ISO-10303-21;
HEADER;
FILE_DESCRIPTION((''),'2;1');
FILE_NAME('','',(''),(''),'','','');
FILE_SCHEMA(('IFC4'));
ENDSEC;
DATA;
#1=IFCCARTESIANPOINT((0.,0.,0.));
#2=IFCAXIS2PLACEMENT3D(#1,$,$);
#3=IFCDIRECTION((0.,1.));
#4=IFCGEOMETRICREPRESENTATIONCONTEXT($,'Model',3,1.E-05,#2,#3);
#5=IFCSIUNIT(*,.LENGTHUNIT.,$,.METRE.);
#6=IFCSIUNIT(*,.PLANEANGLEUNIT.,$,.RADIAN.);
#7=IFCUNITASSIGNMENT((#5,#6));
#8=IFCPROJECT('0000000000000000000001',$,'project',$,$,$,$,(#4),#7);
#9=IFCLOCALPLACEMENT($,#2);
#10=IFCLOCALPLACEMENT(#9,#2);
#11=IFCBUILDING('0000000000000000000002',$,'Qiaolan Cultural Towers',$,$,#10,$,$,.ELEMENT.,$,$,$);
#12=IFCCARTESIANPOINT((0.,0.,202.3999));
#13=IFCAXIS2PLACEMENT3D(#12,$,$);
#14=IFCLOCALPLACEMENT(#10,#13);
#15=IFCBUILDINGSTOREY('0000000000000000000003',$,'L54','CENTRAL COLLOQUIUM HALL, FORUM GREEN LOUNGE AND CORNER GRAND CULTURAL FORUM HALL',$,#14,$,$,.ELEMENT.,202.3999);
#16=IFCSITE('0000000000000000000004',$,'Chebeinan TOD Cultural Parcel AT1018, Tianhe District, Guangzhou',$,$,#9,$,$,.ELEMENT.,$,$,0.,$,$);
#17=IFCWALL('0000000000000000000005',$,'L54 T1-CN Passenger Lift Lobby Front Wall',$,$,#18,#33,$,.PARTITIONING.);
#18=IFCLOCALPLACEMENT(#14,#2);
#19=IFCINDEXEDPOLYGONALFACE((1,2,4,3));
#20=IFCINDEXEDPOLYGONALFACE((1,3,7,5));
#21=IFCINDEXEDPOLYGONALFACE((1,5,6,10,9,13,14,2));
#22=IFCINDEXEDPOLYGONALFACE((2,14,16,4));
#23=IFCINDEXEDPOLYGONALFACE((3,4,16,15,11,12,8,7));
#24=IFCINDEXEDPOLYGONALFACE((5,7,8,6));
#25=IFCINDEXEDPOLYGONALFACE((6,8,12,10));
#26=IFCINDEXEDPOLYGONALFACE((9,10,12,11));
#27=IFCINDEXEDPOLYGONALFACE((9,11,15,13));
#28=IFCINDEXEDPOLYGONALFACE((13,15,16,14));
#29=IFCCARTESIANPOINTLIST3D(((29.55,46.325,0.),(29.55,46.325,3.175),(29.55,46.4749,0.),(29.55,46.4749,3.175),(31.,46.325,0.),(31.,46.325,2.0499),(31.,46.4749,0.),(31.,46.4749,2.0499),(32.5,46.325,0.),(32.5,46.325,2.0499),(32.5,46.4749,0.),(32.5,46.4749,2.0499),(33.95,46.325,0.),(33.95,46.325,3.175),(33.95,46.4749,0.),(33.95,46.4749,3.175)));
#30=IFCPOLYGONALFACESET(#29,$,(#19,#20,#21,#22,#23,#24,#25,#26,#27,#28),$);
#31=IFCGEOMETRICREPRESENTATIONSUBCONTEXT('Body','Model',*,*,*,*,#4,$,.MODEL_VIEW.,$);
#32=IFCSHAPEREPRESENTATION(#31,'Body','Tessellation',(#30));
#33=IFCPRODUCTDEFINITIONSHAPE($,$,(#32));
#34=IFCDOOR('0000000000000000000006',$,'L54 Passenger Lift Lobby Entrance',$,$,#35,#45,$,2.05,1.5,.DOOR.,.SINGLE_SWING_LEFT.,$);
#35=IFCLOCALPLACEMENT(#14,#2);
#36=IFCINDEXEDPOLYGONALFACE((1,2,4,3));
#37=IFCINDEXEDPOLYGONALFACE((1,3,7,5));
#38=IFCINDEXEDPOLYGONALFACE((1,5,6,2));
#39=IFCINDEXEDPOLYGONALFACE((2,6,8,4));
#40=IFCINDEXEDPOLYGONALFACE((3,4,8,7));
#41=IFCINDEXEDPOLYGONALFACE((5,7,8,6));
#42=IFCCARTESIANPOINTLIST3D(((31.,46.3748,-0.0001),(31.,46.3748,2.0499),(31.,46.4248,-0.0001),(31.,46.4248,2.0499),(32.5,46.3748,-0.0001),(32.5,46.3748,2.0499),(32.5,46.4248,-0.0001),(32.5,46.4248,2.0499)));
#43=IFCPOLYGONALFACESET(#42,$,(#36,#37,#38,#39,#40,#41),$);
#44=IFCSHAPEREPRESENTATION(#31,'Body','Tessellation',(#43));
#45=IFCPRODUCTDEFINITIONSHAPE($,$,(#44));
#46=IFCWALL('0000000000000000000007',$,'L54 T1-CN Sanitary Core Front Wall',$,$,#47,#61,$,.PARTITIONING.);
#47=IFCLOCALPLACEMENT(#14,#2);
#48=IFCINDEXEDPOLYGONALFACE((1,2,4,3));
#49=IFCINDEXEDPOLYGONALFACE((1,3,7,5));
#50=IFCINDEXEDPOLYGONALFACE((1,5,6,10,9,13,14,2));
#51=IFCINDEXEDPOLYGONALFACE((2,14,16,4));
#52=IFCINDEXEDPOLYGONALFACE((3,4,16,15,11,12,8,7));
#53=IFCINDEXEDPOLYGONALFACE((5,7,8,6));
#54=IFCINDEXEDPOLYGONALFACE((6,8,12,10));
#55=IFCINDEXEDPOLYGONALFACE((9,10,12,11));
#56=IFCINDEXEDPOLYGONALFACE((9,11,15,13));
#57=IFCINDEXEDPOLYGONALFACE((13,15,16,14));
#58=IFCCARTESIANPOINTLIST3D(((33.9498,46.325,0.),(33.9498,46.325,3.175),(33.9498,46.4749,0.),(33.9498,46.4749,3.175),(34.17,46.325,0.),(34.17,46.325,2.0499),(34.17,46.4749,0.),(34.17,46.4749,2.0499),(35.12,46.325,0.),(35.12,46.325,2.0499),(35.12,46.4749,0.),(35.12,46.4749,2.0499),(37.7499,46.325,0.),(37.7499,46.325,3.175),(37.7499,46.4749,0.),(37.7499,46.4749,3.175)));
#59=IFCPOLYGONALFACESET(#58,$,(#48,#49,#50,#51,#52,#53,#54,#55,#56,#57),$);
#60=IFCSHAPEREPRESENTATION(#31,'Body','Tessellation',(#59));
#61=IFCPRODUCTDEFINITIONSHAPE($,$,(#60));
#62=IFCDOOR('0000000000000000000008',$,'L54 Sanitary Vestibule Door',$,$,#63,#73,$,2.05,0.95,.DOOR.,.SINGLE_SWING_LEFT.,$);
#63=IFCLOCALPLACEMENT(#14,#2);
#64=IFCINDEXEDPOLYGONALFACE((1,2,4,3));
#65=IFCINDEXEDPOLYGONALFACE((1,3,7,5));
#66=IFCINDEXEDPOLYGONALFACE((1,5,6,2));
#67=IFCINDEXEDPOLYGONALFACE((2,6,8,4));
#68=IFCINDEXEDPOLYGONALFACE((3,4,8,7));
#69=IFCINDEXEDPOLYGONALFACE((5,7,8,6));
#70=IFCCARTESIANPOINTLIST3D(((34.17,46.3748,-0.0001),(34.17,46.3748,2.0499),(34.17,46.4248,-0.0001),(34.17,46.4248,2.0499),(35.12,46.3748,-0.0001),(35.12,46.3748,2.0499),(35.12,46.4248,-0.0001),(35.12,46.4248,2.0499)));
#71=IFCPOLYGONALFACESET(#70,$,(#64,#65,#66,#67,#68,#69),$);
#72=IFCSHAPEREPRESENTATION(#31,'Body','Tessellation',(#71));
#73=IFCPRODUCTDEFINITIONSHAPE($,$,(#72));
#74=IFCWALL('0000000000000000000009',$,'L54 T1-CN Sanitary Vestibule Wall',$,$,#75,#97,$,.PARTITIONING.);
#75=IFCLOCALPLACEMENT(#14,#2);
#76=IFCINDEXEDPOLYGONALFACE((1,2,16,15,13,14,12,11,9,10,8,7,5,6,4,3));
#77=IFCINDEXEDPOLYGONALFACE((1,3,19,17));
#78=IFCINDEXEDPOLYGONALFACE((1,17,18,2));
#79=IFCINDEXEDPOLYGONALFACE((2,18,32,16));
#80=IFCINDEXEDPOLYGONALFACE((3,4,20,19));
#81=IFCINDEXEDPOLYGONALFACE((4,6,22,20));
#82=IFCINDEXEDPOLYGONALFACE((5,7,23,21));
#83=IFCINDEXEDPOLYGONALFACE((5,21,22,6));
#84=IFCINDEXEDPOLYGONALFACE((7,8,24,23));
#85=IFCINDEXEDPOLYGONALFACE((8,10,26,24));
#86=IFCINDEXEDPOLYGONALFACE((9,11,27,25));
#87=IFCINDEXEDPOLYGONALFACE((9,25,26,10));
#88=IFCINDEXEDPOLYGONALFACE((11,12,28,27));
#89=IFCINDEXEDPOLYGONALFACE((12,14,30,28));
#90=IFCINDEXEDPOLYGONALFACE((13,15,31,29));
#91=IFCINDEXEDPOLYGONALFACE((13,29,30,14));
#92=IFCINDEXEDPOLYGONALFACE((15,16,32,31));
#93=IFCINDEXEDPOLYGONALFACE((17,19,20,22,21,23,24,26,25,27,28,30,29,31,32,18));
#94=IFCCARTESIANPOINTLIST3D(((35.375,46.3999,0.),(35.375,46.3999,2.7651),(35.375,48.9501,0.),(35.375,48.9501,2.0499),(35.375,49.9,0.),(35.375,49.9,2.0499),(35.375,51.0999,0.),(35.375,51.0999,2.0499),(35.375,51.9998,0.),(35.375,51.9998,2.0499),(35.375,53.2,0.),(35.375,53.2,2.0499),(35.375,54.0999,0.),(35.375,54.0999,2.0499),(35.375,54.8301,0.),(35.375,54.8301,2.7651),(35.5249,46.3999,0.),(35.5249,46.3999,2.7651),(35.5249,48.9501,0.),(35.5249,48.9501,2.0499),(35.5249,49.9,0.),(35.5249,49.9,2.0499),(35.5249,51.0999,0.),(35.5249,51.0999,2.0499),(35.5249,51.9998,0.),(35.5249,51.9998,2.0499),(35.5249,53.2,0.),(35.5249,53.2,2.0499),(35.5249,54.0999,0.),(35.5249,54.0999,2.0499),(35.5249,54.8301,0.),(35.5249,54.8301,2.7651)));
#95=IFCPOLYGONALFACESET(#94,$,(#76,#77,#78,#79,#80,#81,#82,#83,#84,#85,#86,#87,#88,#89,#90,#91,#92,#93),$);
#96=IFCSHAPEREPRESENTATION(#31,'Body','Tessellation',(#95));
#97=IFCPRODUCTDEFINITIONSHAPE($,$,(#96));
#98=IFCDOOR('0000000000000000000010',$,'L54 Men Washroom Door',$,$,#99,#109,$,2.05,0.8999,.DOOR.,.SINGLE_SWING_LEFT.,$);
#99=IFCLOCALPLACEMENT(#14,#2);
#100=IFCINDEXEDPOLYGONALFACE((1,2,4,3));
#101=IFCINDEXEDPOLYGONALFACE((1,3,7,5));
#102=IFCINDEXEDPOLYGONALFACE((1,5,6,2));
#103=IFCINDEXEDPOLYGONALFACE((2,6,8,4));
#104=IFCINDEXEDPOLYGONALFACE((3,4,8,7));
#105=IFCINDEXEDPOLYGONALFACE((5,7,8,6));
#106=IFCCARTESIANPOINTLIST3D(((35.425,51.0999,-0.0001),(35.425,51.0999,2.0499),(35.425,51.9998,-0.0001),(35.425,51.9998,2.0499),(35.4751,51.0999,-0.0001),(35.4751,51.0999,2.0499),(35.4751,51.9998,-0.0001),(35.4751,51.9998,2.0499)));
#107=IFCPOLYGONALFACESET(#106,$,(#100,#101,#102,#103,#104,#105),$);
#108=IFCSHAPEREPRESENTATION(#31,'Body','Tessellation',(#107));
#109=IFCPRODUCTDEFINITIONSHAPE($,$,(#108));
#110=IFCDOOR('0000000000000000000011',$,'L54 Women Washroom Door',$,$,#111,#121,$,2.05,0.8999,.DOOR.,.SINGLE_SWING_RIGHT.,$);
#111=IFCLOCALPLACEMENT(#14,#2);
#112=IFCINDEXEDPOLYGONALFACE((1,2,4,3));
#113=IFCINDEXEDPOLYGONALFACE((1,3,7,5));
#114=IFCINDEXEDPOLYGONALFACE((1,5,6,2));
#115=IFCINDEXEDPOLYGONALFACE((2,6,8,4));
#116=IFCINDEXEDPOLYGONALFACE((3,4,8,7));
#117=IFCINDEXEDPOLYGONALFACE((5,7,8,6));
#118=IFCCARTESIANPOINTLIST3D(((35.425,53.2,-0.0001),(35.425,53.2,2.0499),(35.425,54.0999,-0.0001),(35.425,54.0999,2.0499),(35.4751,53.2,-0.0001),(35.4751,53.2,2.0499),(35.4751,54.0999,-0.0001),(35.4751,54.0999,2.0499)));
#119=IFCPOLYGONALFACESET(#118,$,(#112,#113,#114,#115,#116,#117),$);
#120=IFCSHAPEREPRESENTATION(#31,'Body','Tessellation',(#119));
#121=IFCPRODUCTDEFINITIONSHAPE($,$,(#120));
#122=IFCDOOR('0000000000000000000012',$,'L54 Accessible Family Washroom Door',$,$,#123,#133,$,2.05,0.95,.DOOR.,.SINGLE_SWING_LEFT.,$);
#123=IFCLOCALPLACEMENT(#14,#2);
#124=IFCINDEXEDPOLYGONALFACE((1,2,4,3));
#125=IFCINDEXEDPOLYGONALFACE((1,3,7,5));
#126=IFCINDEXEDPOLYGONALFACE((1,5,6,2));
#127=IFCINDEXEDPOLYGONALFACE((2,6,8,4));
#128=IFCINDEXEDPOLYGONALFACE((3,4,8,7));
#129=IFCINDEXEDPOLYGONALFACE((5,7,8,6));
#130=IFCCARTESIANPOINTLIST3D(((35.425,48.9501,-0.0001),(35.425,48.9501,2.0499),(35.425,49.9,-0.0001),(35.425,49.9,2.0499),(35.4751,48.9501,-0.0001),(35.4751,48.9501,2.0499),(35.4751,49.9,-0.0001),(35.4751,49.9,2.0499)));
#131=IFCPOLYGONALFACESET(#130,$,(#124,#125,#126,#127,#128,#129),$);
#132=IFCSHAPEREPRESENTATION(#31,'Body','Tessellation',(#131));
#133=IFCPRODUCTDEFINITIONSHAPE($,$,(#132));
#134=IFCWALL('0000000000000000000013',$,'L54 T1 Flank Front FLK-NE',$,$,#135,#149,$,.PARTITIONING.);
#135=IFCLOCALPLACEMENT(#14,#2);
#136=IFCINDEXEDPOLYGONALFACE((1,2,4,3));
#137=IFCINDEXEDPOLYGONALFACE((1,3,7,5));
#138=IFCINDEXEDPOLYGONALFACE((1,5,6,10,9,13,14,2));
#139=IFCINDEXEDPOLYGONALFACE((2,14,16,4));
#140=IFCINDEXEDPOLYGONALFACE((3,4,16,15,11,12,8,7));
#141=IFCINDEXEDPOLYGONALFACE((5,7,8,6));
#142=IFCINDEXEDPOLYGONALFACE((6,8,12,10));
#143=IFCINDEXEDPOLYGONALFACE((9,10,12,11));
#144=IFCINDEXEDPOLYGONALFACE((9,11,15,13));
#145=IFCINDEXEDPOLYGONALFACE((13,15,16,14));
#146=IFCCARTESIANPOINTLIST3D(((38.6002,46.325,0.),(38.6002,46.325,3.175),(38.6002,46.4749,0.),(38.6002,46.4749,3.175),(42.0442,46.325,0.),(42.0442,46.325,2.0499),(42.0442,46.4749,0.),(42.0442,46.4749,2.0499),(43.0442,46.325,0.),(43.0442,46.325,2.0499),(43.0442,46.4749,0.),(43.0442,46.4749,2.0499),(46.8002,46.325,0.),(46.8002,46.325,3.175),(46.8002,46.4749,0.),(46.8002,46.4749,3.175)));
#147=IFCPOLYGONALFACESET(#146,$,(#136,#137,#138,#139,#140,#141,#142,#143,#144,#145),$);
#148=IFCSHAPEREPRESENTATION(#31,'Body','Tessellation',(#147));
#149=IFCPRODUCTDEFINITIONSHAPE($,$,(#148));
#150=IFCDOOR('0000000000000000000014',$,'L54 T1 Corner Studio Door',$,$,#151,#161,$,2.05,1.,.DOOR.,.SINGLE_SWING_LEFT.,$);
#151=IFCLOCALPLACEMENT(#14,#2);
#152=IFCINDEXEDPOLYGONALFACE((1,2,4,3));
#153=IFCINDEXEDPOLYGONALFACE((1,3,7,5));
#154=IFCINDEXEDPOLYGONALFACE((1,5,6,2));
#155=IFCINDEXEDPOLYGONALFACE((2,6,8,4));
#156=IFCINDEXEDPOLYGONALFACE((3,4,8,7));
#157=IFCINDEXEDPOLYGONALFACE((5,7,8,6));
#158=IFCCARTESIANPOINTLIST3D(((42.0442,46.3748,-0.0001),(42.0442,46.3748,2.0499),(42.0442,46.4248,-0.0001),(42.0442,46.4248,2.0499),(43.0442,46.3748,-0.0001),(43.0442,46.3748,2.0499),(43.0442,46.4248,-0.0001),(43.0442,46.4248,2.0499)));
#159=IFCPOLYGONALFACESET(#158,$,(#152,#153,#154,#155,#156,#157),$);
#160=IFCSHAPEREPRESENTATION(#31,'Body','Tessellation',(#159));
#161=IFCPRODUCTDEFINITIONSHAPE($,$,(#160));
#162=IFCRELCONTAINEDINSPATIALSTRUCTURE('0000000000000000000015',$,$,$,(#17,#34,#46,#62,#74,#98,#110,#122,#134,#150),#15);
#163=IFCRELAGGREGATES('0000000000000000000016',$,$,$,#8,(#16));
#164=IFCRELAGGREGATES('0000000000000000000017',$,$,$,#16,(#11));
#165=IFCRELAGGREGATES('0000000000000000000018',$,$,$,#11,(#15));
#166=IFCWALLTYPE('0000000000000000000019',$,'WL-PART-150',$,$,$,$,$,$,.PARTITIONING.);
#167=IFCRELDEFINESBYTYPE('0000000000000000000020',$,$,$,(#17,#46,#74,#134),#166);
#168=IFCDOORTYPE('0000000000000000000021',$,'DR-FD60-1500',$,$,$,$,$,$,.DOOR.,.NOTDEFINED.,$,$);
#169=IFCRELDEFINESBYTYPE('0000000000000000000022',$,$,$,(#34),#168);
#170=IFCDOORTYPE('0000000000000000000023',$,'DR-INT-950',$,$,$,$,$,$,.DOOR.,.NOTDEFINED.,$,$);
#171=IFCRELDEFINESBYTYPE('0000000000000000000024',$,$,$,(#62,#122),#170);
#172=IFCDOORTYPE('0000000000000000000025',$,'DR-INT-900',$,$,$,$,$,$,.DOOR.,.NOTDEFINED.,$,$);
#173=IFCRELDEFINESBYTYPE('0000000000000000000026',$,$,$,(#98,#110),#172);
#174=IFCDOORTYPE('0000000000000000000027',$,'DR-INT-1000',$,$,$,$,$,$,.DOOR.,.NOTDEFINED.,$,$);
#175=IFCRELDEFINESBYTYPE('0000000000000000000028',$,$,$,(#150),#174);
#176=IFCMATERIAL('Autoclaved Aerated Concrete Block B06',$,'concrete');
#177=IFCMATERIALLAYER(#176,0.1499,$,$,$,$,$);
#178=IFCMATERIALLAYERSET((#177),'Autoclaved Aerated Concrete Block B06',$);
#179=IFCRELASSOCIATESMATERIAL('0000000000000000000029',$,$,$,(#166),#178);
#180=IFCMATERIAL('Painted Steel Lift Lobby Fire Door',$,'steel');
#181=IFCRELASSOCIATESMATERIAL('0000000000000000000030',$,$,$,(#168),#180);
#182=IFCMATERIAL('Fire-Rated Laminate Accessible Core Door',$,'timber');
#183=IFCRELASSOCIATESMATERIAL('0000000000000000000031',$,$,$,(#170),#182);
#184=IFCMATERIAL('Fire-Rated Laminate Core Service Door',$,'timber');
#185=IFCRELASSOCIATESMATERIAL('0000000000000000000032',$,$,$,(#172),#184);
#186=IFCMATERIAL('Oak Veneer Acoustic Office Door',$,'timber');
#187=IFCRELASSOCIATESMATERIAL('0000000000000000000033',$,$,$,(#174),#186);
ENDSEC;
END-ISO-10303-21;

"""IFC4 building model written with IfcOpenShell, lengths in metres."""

from ifc_helpers import new_model, si_unit, direction, frame, frame_2d, origin, place, context, subcontext, project, spatial, rectangle, extrude, material, layer, layer_set, type_object, element, fill, save


model = new_model("IFC4")

# Units and contexts
model_context = context("Model", 3, precision=1e-05, world=origin(), true_north=direction((0.0, 1.0)))
body_context = subcontext(model_context, "Body", "Model", "MODEL_VIEW")
ifc_project = project(units=[si_unit("LENGTHUNIT", "METRE"), si_unit("PLANEANGLEUNIT", "RADIAN")], contexts=[model_context])

# Site, building, storey
site_placement = place(None, origin())
site = spatial("IfcSite", under=ifc_project, at=site_placement, Name="Chebeinan TOD Cultural Parcel AT1018, Tianhe District, Guangzhou", CompositionType="ELEMENT", RefElevation=0.0)
building_placement = place(site_placement, origin())
building = spatial("IfcBuilding", under=site, at=building_placement, Name="Qiaolan Cultural Towers", CompositionType="ELEMENT")
storey_placement = place(building_placement, frame((0.0, 0.0, 202.3999)))
storey = spatial("IfcBuildingStorey", under=building, at=storey_placement, Name="L54", Description="CENTRAL COLLOQUIUM HALL, FORUM GREEN LOUNGE AND CORNER GRAND CULTURAL FORUM HALL", CompositionType="ELEMENT", Elevation=202.3999)

# Walls, openings, doors
ifc_material_1 = material(Name="Autoclaved Aerated Concrete Block B06", Category="concrete")
ifc_layer_1 = layer(ifc_material_1, 0.1499)
ifc_layer_set_1 = layer_set([ifc_layer_1], Name="Autoclaved Aerated Concrete Block B06")
wall_type_1 = type_object("IfcWallType", Name="WL-PART-150", PredefinedType="PARTITIONING", material=ifc_layer_set_1)
wall_1_placement = place(storey_placement, frame((29.55, 46.3999, 0.0), z_axis=(0.0, 0.0, 1.0), x_axis=(1.0, 0.0, 0.0)))
wall_1 = element("IfcWall", 1, at=wall_1_placement, inside=storey, type_object=wall_type_1, Name="L54 T1-CN Passenger Lift Lobby Front Wall", PredefinedType="PARTITIONING", context=body_context, shape_type="SweptSolid", body=[
    extrude(rectangle(XDim=4.3999, YDim=0.1499, at=frame_2d((2.2, 0.0))), origin(), (0.0, 0.0, 1.0), 3.175),
])
opening_1_placement = place(wall_1_placement, frame((1.45, 0.0, 0.0)))
opening_1 = element("IfcOpeningElement", 2, at=opening_1_placement, cuts=wall_1, PredefinedType="OPENING", context=body_context, shape_type="SweptSolid", body=[
    extrude(rectangle(XDim=1.5, YDim=2.05, at=frame_2d((0.75, 1.0249))), frame((0.0, 0.085, 0.0), z_axis=(0.0, -1.0, 0.0), x_axis=(1.0, 0.0, 0.0)), (0.0, 0.0, 1.0), 0.1699),
])
ifc_material_2 = material(Name="Painted Steel Lift Lobby Fire Door", Category="steel")
door_type_1 = type_object("IfcDoorType", Name="DR-FD60-1500", OperationType="NOTDEFINED", PredefinedType="DOOR", material=ifc_material_2)
door_1_placement = place(opening_1_placement, origin())
door_1 = element("IfcDoor", 3, at=door_1_placement, inside=storey, type_object=door_type_1, Name="L54 Passenger Lift Lobby Entrance", OperationType="SINGLE_SWING_LEFT", OverallHeight=2.05, OverallWidth=1.5, PredefinedType="DOOR", context=body_context, shape_type="SweptSolid", body=[
    extrude(rectangle(XDim=1.5, YDim=2.05, at=frame_2d((0.75, 1.0249))), frame((0.0, 0.0249, 0.0), z_axis=(0.0, -1.0, 0.0), x_axis=(1.0, 0.0, 0.0)), (0.0, 0.0, 1.0), 0.05),
])
fill(opening_1, door_1)
wall_2_placement = place(storey_placement, frame((33.95, 46.3999, 0.0), z_axis=(0.0, 0.0, 1.0), x_axis=(1.0, 0.0, 0.0)))
wall_2 = element("IfcWall", 4, at=wall_2_placement, inside=storey, type_object=wall_type_1, Name="L54 T1-CN Sanitary Core Front Wall", PredefinedType="PARTITIONING", context=body_context, shape_type="SweptSolid", body=[
    extrude(rectangle(XDim=3.8, YDim=0.1499, at=frame_2d((1.8999, 0.0))), origin(), (0.0, 0.0, 1.0), 3.175),
])
opening_2_placement = place(wall_2_placement, frame((0.22, 0.0, 0.0)))
opening_2 = element("IfcOpeningElement", 5, at=opening_2_placement, cuts=wall_2, PredefinedType="OPENING", context=body_context, shape_type="SweptSolid", body=[
    extrude(rectangle(XDim=0.95, YDim=2.05, at=frame_2d((0.4751, 1.0249))), frame((0.0, 0.085, 0.0), z_axis=(0.0, -1.0, 0.0), x_axis=(1.0, 0.0, 0.0)), (0.0, 0.0, 1.0), 0.1699),
])
ifc_material_3 = material(Name="Fire-Rated Laminate Accessible Core Door", Category="timber")
door_type_2 = type_object("IfcDoorType", Name="DR-INT-950", OperationType="NOTDEFINED", PredefinedType="DOOR", material=ifc_material_3)
door_2_placement = place(opening_2_placement, origin())
door_2 = element("IfcDoor", 6, at=door_2_placement, inside=storey, type_object=door_type_2, Name="L54 Sanitary Vestibule Door", OperationType="SINGLE_SWING_LEFT", OverallHeight=2.05, OverallWidth=0.95, PredefinedType="DOOR", context=body_context, shape_type="SweptSolid", body=[
    extrude(rectangle(XDim=0.95, YDim=2.05, at=frame_2d((0.4751, 1.0249))), frame((0.0, 0.0249, 0.0), z_axis=(0.0, -1.0, 0.0), x_axis=(1.0, 0.0, 0.0)), (0.0, 0.0, 1.0), 0.05),
])
fill(opening_2, door_2)

# Wall, openings, doors
wall_3_placement = place(storey_placement, frame((35.45, 46.3999, 0.0), z_axis=(0.0, 0.0, 1.0), x_axis=(0.0, 1.0, 0.0)))
wall_3 = element("IfcWall", 7, at=wall_3_placement, inside=storey, type_object=wall_type_1, Name="L54 T1-CN Sanitary Vestibule Wall", PredefinedType="PARTITIONING", context=body_context, shape_type="SweptSolid", body=[
    extrude(rectangle(XDim=8.4302, YDim=0.1499, at=frame_2d((4.2151, 0.0))), origin(), (0.0, 0.0, 1.0), 2.7651),
])
opening_3_placement = place(wall_3_placement, frame((2.55, 0.0, 0.0)))
opening_3 = element("IfcOpeningElement", 8, at=opening_3_placement, cuts=wall_3, PredefinedType="OPENING", context=body_context, shape_type="SweptSolid", body=[
    extrude(rectangle(XDim=0.95, YDim=2.05, at=frame_2d((0.4751, 1.0249))), frame((0.0, 0.085, 0.0), z_axis=(0.0, -1.0, 0.0), x_axis=(1.0, 0.0, 0.0)), (0.0, 0.0, 1.0), 0.1699),
])
opening_4_placement = place(wall_3_placement, frame((4.7, 0.0, 0.0)))
opening_4 = element("IfcOpeningElement", 9, at=opening_4_placement, cuts=wall_3, PredefinedType="OPENING", context=body_context, shape_type="SweptSolid", body=[
    extrude(rectangle(XDim=0.8999, YDim=2.05, at=frame_2d((0.45, 1.0249))), frame((0.0, 0.085, 0.0), z_axis=(0.0, -1.0, 0.0), x_axis=(1.0, 0.0, 0.0)), (0.0, 0.0, 1.0), 0.1699),
])
opening_5_placement = place(wall_3_placement, frame((6.8, 0.0, 0.0)))
opening_5 = element("IfcOpeningElement", 10, at=opening_5_placement, cuts=wall_3, PredefinedType="OPENING", context=body_context, shape_type="SweptSolid", body=[
    extrude(rectangle(XDim=0.8999, YDim=2.05, at=frame_2d((0.45, 1.0249))), frame((0.0, 0.085, 0.0), z_axis=(0.0, -1.0, 0.0), x_axis=(1.0, 0.0, 0.0)), (0.0, 0.0, 1.0), 0.1699),
])
ifc_material_4 = material(Name="Fire-Rated Laminate Core Service Door", Category="timber")
door_type_3 = type_object("IfcDoorType", Name="DR-INT-900", OperationType="NOTDEFINED", PredefinedType="DOOR", material=ifc_material_4)
door_3_placement = place(opening_4_placement, origin())
door_3 = element("IfcDoor", 11, at=door_3_placement, inside=storey, type_object=door_type_3, Name="L54 Men Washroom Door", OperationType="SINGLE_SWING_LEFT", OverallHeight=2.05, OverallWidth=0.8999, PredefinedType="DOOR", context=body_context, shape_type="SweptSolid", body=[
    extrude(rectangle(XDim=0.8999, YDim=2.05, at=frame_2d((0.45, 1.0249))), frame((0.0, 0.0249, 0.0), z_axis=(0.0, -1.0, 0.0), x_axis=(1.0, 0.0, 0.0)), (0.0, 0.0, 1.0), 0.05),
])
fill(opening_4, door_3)
door_4_placement = place(opening_5_placement, origin())
door_4 = element("IfcDoor", 12, at=door_4_placement, inside=storey, type_object=door_type_3, Name="L54 Women Washroom Door", OperationType="SINGLE_SWING_RIGHT", OverallHeight=2.05, OverallWidth=0.8999, PredefinedType="DOOR", context=body_context, shape_type="SweptSolid", body=[
    extrude(rectangle(XDim=0.8999, YDim=2.05, at=frame_2d((0.45, 1.0249))), frame((0.0, 0.0249, 0.0), z_axis=(0.0, -1.0, 0.0), x_axis=(1.0, 0.0, 0.0)), (0.0, 0.0, 1.0), 0.05),
])
fill(opening_5, door_4)
door_5_placement = place(opening_3_placement, origin())
door_5 = element("IfcDoor", 13, at=door_5_placement, inside=storey, type_object=door_type_2, Name="L54 Accessible Family Washroom Door", OperationType="SINGLE_SWING_LEFT", OverallHeight=2.05, OverallWidth=0.95, PredefinedType="DOOR", context=body_context, shape_type="SweptSolid", body=[
    extrude(rectangle(XDim=0.95, YDim=2.05, at=frame_2d((0.4751, 1.0249))), frame((0.0, 0.0249, 0.0), z_axis=(0.0, -1.0, 0.0), x_axis=(1.0, 0.0, 0.0)), (0.0, 0.0, 1.0), 0.05),
])
fill(opening_3, door_5)

# Wall, opening, door
wall_4_placement = place(storey_placement, frame((38.6001, 46.3999, 0.0), z_axis=(0.0, 0.0, 1.0), x_axis=(1.0, 0.0, 0.0)))
wall_4 = element("IfcWall", 14, at=wall_4_placement, inside=storey, type_object=wall_type_1, Name="L54 T1 Flank Front FLK-NE", PredefinedType="PARTITIONING", context=body_context, shape_type="SweptSolid", body=[
    extrude(rectangle(XDim=8.2, YDim=0.1499, at=frame_2d((4.1001, 0.0))), origin(), (0.0, 0.0, 1.0), 3.175),
])
opening_6_placement = place(wall_4_placement, frame((3.4441, 0.0, 0.0)))
opening_6 = element("IfcOpeningElement", 15, at=opening_6_placement, cuts=wall_4, PredefinedType="OPENING", context=body_context, shape_type="SweptSolid", body=[
    extrude(rectangle(XDim=1.0, YDim=2.05, at=frame_2d((0.5, 1.0249))), frame((0.0, 0.085, 0.0), z_axis=(0.0, -1.0, 0.0), x_axis=(1.0, 0.0, 0.0)), (0.0, 0.0, 1.0), 0.1699),
])
ifc_material_5 = material(Name="Oak Veneer Acoustic Office Door", Category="timber")
door_type_4 = type_object("IfcDoorType", Name="DR-INT-1000", OperationType="NOTDEFINED", PredefinedType="DOOR", material=ifc_material_5)
door_6_placement = place(opening_6_placement, origin())
door_6 = element("IfcDoor", 16, at=door_6_placement, inside=storey, type_object=door_type_4, Name="L54 T1 Corner Studio Door", OperationType="SINGLE_SWING_LEFT", OverallHeight=2.05, OverallWidth=1.0, PredefinedType="DOOR", context=body_context, shape_type="SweptSolid", body=[
    extrude(rectangle(XDim=1.0, YDim=2.05, at=frame_2d((0.5, 1.0249))), frame((0.0, 0.0249, 0.0), z_axis=(0.0, -1.0, 0.0), x_axis=(1.0, 0.0, 0.0)), (0.0, 0.0, 1.0), 0.05),
])
fill(opening_6, door_6)

save(model, "model.ifc")
